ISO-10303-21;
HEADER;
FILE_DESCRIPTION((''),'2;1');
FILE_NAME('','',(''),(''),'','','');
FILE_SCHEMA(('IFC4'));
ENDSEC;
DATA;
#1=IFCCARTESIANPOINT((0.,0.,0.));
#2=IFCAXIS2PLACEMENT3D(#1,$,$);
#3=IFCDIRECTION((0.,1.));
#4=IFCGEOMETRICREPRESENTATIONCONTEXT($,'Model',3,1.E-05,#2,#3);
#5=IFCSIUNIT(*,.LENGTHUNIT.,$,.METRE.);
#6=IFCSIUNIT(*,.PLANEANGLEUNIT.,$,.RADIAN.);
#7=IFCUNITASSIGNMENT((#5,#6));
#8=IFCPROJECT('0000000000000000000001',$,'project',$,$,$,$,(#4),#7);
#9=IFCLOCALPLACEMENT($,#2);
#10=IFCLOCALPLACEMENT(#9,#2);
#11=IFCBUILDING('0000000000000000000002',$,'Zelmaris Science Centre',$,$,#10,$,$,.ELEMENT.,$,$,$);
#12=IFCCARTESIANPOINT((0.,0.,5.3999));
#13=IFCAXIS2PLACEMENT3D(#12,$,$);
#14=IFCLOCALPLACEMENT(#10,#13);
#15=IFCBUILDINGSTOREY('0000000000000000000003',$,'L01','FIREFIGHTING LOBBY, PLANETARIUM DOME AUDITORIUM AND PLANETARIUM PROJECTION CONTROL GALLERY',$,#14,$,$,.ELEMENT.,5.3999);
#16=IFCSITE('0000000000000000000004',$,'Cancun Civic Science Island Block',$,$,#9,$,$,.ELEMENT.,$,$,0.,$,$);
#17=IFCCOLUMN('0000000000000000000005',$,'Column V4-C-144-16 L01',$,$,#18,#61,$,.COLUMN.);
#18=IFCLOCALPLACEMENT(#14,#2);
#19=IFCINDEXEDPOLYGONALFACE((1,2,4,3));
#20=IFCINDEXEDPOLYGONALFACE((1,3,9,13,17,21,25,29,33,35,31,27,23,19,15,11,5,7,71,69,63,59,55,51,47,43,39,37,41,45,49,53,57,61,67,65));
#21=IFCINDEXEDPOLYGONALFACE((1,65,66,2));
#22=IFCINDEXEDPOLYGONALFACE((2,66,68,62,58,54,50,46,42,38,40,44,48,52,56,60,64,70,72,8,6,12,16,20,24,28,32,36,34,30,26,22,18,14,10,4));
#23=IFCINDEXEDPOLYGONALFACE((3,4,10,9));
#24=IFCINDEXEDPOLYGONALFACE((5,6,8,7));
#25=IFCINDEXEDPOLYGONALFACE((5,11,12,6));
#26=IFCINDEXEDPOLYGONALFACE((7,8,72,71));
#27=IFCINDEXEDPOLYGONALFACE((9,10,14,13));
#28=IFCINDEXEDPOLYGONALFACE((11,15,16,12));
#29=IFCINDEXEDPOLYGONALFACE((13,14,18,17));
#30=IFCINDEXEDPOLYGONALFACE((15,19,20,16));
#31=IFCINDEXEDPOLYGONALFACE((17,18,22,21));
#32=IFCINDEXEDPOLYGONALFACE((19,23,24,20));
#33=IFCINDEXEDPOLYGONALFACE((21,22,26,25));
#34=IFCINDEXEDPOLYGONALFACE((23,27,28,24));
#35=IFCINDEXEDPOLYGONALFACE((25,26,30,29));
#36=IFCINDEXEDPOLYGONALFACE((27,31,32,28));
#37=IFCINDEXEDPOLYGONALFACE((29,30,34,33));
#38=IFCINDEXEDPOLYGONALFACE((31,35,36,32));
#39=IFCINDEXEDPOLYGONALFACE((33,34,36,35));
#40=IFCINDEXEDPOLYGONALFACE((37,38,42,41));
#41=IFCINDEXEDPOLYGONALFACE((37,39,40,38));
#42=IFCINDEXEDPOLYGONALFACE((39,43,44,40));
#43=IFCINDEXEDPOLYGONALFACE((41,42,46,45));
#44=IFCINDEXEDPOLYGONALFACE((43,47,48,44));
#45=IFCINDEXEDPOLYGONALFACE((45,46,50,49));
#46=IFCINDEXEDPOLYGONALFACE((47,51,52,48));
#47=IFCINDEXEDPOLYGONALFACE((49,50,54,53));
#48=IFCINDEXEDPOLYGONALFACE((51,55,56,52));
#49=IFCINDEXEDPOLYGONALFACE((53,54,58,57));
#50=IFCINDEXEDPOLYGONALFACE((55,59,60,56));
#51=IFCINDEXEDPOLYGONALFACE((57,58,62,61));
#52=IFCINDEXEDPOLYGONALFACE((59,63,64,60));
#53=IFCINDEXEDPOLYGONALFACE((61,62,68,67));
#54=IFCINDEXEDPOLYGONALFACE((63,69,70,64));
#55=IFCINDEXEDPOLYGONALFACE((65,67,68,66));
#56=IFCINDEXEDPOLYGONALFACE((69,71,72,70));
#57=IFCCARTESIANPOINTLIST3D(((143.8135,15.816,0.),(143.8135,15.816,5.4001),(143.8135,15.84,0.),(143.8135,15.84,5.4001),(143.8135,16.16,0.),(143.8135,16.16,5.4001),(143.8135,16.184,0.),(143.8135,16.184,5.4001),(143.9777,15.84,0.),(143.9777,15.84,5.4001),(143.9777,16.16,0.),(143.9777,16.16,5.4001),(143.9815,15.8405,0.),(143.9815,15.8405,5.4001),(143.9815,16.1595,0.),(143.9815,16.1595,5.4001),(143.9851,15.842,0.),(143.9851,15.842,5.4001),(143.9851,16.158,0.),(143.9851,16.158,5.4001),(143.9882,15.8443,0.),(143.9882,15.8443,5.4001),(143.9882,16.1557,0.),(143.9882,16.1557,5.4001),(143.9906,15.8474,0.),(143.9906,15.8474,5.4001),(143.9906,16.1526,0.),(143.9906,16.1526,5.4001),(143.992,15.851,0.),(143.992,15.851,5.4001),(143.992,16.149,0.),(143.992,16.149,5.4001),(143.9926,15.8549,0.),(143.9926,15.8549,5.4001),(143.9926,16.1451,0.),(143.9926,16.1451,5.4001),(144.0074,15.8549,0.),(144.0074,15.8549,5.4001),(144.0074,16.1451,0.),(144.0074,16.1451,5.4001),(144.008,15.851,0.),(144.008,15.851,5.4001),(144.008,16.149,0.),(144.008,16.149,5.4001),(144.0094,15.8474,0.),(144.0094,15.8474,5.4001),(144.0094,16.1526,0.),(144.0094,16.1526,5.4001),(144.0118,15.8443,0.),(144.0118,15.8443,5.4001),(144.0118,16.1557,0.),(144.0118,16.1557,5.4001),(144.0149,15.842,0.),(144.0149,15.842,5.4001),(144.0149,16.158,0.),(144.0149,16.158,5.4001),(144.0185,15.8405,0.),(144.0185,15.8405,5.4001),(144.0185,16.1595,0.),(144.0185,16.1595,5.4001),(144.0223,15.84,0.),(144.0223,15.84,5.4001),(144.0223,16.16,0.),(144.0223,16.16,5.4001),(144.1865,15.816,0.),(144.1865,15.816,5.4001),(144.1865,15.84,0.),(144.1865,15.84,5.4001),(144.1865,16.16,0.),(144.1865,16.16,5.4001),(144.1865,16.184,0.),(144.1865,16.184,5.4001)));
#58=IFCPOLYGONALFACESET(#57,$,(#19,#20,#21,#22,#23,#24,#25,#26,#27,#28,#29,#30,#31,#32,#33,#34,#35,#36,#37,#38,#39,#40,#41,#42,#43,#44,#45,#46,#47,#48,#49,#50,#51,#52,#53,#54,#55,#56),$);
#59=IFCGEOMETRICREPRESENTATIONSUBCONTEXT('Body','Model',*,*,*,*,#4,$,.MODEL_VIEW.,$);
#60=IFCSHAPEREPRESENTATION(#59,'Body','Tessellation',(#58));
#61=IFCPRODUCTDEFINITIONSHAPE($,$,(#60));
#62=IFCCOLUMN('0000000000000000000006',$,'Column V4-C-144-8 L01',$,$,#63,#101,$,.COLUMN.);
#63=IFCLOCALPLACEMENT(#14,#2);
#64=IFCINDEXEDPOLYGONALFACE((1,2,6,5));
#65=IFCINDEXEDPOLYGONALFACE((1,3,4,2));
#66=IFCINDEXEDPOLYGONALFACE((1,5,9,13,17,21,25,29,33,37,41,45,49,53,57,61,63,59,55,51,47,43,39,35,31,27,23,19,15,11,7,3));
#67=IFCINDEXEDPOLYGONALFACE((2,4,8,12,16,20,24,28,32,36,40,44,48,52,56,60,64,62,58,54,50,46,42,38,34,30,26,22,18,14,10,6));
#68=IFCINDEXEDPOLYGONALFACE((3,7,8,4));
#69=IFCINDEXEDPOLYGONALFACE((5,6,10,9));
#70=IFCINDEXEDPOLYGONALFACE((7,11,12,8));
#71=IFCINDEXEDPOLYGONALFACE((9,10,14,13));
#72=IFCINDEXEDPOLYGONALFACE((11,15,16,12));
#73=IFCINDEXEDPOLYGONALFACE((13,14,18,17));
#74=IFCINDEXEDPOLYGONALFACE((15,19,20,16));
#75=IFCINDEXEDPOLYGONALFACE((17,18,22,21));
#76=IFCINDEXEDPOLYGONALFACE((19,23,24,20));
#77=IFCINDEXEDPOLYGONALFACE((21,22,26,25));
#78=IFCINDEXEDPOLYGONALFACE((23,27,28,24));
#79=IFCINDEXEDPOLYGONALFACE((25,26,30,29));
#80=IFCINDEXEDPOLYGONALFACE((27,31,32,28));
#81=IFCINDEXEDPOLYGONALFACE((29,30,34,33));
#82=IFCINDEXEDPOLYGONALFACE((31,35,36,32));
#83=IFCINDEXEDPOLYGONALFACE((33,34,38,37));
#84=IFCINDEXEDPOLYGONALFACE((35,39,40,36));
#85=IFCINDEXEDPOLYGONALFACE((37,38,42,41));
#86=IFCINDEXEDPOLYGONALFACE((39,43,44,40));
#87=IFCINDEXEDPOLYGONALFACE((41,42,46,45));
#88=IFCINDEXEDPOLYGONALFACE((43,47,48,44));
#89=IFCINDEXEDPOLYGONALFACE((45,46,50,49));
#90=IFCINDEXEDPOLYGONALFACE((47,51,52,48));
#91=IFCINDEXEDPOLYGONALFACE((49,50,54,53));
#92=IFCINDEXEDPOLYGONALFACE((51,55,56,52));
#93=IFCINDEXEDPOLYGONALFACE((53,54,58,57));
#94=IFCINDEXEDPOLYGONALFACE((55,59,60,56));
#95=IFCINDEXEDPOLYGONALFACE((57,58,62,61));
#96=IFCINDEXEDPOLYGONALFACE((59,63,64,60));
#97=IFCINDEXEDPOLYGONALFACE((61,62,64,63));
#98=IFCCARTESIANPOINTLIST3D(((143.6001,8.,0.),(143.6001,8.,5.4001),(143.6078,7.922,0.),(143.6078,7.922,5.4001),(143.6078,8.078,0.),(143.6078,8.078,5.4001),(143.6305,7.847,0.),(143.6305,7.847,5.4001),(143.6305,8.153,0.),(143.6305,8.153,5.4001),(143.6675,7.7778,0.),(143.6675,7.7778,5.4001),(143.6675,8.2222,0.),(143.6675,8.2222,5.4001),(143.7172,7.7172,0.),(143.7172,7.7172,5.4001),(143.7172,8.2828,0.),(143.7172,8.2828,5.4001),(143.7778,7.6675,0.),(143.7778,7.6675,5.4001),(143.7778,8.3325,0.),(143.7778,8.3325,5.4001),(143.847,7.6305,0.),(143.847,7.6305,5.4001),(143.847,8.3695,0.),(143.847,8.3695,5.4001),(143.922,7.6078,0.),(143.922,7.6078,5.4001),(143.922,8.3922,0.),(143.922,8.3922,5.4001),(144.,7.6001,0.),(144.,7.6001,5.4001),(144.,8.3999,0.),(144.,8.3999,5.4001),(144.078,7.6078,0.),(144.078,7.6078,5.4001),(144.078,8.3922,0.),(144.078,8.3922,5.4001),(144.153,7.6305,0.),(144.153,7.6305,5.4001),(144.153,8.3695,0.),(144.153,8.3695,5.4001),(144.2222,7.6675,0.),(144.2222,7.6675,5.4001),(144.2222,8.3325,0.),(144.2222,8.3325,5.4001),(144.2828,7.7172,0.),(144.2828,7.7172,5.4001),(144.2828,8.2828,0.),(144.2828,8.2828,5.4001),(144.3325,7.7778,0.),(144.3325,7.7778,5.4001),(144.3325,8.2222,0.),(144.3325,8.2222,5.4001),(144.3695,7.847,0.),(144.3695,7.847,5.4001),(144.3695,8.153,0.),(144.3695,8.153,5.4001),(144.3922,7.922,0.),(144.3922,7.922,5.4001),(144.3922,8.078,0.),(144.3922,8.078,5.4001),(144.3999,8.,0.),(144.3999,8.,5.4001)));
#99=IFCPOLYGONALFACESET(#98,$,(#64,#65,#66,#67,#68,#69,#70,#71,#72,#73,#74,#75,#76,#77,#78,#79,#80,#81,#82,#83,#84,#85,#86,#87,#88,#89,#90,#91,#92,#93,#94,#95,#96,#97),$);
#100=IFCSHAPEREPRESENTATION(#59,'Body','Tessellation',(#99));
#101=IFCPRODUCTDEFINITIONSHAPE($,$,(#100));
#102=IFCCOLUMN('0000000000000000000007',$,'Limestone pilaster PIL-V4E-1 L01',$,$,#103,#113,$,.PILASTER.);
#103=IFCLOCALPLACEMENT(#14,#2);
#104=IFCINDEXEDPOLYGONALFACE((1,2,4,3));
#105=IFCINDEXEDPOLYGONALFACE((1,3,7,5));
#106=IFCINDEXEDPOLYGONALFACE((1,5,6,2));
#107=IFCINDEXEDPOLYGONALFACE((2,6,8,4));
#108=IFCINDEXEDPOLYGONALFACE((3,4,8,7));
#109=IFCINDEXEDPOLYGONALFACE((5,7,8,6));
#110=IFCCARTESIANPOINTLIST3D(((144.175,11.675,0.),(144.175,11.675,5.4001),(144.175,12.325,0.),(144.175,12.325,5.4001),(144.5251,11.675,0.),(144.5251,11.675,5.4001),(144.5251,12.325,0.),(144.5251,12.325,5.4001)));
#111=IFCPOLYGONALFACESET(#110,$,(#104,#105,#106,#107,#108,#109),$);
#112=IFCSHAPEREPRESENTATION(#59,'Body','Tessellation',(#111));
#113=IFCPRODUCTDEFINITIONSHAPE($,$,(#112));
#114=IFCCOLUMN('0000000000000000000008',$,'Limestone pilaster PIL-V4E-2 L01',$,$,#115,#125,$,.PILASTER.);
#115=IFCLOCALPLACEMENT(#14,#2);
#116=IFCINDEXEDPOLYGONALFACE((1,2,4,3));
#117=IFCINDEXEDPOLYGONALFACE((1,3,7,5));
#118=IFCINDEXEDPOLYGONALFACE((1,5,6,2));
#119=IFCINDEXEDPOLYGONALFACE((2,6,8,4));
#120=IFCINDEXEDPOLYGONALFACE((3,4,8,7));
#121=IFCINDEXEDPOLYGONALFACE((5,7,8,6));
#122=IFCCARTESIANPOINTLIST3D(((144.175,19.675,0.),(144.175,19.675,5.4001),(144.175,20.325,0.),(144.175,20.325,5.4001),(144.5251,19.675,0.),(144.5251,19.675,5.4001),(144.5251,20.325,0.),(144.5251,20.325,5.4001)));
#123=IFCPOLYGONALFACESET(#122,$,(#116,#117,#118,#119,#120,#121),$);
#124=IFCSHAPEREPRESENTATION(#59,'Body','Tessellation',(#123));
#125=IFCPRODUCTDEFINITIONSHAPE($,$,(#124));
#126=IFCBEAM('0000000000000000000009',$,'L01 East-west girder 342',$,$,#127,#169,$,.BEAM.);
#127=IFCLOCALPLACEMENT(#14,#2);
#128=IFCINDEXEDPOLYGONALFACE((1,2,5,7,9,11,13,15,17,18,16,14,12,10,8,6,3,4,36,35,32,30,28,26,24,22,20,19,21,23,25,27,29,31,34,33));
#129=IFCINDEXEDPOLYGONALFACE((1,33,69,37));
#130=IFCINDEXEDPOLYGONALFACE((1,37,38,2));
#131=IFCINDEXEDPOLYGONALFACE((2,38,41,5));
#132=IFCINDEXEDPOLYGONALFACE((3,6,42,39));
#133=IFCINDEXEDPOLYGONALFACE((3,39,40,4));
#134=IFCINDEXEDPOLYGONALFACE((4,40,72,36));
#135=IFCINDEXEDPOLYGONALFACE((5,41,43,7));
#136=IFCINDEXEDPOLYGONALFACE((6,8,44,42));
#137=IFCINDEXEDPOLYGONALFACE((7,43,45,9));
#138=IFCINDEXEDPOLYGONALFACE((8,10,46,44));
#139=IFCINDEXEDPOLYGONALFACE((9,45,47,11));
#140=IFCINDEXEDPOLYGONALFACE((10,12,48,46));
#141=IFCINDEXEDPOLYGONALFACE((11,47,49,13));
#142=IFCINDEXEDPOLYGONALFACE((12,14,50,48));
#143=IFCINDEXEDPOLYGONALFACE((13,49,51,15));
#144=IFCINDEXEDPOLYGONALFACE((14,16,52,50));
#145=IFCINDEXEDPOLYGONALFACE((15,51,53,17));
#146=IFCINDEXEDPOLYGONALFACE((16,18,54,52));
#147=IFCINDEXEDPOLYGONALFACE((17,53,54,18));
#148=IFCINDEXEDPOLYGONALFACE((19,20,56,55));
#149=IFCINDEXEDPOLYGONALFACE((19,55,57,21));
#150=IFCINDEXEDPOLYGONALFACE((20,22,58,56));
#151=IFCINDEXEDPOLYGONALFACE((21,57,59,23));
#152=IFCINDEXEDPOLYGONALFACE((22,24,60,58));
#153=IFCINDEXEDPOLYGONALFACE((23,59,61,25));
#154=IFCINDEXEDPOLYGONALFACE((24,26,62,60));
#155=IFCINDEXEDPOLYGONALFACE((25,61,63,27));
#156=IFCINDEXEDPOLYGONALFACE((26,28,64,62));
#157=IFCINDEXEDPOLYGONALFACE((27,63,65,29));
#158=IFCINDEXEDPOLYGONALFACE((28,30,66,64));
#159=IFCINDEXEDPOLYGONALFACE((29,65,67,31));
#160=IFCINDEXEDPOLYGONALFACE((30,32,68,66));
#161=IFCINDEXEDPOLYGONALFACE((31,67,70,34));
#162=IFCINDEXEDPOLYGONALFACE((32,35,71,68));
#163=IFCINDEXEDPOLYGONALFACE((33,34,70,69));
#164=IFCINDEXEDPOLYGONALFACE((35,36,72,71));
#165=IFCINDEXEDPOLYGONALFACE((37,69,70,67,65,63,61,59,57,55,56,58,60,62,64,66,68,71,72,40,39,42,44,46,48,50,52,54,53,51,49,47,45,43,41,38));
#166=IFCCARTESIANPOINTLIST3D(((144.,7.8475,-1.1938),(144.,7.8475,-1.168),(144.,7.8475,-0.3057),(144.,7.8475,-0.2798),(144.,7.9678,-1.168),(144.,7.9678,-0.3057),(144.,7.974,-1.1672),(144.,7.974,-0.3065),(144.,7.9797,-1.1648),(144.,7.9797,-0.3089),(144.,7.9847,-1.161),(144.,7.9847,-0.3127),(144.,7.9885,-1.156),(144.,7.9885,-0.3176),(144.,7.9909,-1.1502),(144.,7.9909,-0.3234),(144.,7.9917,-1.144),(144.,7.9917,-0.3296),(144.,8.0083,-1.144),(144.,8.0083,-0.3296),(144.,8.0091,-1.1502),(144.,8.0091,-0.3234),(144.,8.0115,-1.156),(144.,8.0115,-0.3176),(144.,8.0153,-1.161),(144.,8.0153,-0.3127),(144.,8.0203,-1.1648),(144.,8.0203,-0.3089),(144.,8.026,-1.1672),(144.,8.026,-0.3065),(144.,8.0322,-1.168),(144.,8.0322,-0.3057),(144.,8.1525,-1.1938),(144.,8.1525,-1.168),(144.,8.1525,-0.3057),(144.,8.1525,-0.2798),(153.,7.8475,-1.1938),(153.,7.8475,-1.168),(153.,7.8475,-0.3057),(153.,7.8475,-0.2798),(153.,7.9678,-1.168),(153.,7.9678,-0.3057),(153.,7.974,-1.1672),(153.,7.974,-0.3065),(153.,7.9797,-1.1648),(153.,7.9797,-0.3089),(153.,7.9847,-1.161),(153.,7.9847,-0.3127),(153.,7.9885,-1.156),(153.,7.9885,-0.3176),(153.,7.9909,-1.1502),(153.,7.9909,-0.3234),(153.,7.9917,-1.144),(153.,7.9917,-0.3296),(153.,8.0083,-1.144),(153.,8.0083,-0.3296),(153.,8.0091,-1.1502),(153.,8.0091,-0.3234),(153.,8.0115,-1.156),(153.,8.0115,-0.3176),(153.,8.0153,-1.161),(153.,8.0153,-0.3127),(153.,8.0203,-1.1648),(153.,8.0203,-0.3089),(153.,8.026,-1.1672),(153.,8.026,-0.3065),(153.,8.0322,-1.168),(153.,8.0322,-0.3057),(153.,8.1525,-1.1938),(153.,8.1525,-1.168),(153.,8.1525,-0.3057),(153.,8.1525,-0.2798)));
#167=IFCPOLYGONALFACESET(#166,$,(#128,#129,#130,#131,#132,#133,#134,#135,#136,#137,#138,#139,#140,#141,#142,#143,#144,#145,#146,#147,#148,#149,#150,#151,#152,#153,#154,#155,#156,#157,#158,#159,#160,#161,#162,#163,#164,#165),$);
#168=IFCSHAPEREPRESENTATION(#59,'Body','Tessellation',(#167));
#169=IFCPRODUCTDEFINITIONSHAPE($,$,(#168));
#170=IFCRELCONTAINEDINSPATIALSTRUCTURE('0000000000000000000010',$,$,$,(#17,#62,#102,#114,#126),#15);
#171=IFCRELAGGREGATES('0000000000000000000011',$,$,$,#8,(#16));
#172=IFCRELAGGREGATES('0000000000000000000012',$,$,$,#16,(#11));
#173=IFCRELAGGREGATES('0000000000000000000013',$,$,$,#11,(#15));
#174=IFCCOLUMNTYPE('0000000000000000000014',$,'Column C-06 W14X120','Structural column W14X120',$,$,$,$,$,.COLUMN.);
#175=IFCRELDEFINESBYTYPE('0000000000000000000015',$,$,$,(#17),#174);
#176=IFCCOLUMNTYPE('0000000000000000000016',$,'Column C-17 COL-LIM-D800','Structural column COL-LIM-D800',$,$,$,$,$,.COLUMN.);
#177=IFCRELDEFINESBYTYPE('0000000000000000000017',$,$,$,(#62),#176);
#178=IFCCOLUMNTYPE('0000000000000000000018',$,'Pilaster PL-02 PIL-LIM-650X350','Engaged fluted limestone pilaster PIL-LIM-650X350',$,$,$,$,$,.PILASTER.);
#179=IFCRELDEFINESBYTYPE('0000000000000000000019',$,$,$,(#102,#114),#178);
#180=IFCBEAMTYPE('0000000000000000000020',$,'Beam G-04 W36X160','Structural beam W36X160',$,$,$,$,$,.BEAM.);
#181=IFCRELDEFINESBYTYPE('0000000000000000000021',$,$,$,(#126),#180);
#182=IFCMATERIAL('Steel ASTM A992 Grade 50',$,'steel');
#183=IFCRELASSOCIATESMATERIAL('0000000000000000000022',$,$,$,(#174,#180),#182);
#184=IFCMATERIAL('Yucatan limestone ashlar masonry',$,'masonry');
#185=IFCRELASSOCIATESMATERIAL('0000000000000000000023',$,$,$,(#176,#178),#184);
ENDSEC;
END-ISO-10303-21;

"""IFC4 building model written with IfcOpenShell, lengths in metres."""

from ifc_helpers import new_model, si_unit, direction, frame, origin, origin_2d, place, context, subcontext, project, spatial, rectangle, circle, i_section, extrude, material, material_profile, profile_set, type_object, element, save


model = new_model("IFC4")

# Units and contexts
model_context = context("Model", 3, precision=1e-05, world=origin(), true_north=direction((0.0, 1.0)))
body_context = subcontext(model_context, "Body", "Model", "MODEL_VIEW")
ifc_project = project(units=[si_unit("LENGTHUNIT", "METRE"), si_unit("PLANEANGLEUNIT", "RADIAN")], contexts=[model_context])

# Site, building, storey
site_placement = place(None, origin())
site = spatial("IfcSite", under=ifc_project, at=site_placement, Name="Cancun Civic Science Island Block", CompositionType="ELEMENT", RefElevation=0.0)
building_placement = place(site_placement, origin())
building = spatial("IfcBuilding", under=site, at=building_placement, Name="Zelmaris Science Centre", CompositionType="ELEMENT")
storey_placement = place(building_placement, frame((0.0, 0.0, 5.3999)))
storey = spatial("IfcBuildingStorey", under=building, at=storey_placement, Name="L01", Description="FIREFIGHTING LOBBY, PLANETARIUM DOME AUDITORIUM AND PLANETARIUM PROJECTION CONTROL GALLERY", CompositionType="ELEMENT", Elevation=5.3999)

# Columns
ifc_material_1 = material(Name="Steel ASTM A992 Grade 50", Category="steel")
ifc_material_profile_1 = material_profile(ifc_material_1, i_section(OverallWidth=0.373, OverallDepth=0.3679, WebThickness=0.0149, FlangeThickness=0.0239, FilletRadius=0.0149, at=origin_2d()), Name="W14X120")
ifc_profile_set_1 = profile_set([ifc_material_profile_1], Name="Steel ASTM A992 Grade 50")
column_type_1 = type_object("IfcColumnType", Name="Column C-06 W14X120", Description="Structural column W14X120", PredefinedType="COLUMN", material=ifc_profile_set_1)
column_1_placement = place(storey_placement, frame((144.0, 16.0, 0.0), z_axis=(0.0, 0.0, 1.0), x_axis=(1.0, 0.0, 0.0)))
element("IfcColumn", 1, at=column_1_placement, inside=storey, type_object=column_type_1, Name="Column V4-C-144-16 L01", PredefinedType="COLUMN", context=body_context, shape_type="SweptSolid", body=[
    extrude(i_section(OverallWidth=0.373, OverallDepth=0.3679, WebThickness=0.0149, FlangeThickness=0.0239, FilletRadius=0.0149, at=origin_2d()), origin(), (0.0, 0.0, 1.0), 5.4001),
])
ifc_material_2 = material(Name="Yucatan limestone ashlar masonry", Category="masonry")
ifc_material_profile_2 = material_profile(ifc_material_2, circle(Radius=0.3999, at=origin_2d()), Name="COL-LIM-D800")
ifc_profile_set_2 = profile_set([ifc_material_profile_2], Name="Yucatan limestone ashlar masonry")
column_type_2 = type_object("IfcColumnType", Name="Column C-17 COL-LIM-D800", Description="Structural column COL-LIM-D800", PredefinedType="COLUMN", material=ifc_profile_set_2)
column_2_placement = place(storey_placement, frame((144.0, 8.0, 0.0), z_axis=(0.0, 0.0, 1.0), x_axis=(1.0, 0.0, 0.0)))
element("IfcColumn", 2, at=column_2_placement, inside=storey, type_object=column_type_2, Name="Column V4-C-144-8 L01", PredefinedType="COLUMN", context=body_context, shape_type="SweptSolid", body=[
    extrude(circle(Radius=0.3999, at=origin_2d()), origin(), (0.0, 0.0, 1.0), 5.4001),
])
ifc_material_profile_3 = material_profile(ifc_material_2, rectangle(XDim=0.6499, YDim=0.3501, at=origin_2d()), Name="PIL-LIM-650X350")
ifc_profile_set_3 = profile_set([ifc_material_profile_3], Name="Yucatan limestone ashlar masonry")
column_type_3 = type_object("IfcColumnType", Name="Pilaster PL-02 PIL-LIM-650X350", Description="Engaged fluted limestone pilaster PIL-LIM-650X350", PredefinedType="PILASTER", material=ifc_profile_set_3)
for number, where, z_axis, x_axis, name in (
    (3, (144.3501, 12.0, 0.0), (0.0, 0.0, 1.0), (0.0, 1.0, 0.0), "Limestone pilaster PIL-V4E-1 L01"),
    (4, (144.3501, 20.0, 0.0), (0.0, 0.0, 1.0), (0.0, 1.0, 0.0), "Limestone pilaster PIL-V4E-2 L01"),
):
    element("IfcColumn", number, at=place(storey_placement, frame(where, z_axis=z_axis, x_axis=x_axis)), inside=storey, type_object=column_type_3, Name=name, PredefinedType="PILASTER", context=body_context, shape_type="SweptSolid", body=[
        extrude(rectangle(XDim=0.6499, YDim=0.3501, at=origin_2d()), origin(), (0.0, 0.0, 1.0), 5.4001),
    ])

# Beam
ifc_material_profile_4 = material_profile(ifc_material_1, i_section(OverallWidth=0.3049, OverallDepth=0.9141, WebThickness=0.0166, FlangeThickness=0.0259, FilletRadius=0.0239, at=origin_2d()), Name="W36X160")
ifc_profile_set_4 = profile_set([ifc_material_profile_4], Name="Steel ASTM A992 Grade 50")
beam_type_1 = type_object("IfcBeamType", Name="Beam G-04 W36X160", Description="Structural beam W36X160", PredefinedType="BEAM", material=ifc_profile_set_4)
beam_1_placement = place(storey_placement, frame((144.0, 8.0, -0.7368), z_axis=(1.0, 0.0, 0.0), x_axis=(0.0, 1.0, 0.0)))
element("IfcBeam", 5, at=beam_1_placement, inside=storey, type_object=beam_type_1, Name="L01 East-west girder 342", PredefinedType="BEAM", context=body_context, shape_type="SweptSolid", body=[
    extrude(i_section(OverallWidth=0.3049, OverallDepth=0.9141, WebThickness=0.0166, FlangeThickness=0.0259, FilletRadius=0.0239, at=origin_2d()), origin(), (0.0, 0.0, 1.0), 9.0),
])

save(model, "model.ifc")
